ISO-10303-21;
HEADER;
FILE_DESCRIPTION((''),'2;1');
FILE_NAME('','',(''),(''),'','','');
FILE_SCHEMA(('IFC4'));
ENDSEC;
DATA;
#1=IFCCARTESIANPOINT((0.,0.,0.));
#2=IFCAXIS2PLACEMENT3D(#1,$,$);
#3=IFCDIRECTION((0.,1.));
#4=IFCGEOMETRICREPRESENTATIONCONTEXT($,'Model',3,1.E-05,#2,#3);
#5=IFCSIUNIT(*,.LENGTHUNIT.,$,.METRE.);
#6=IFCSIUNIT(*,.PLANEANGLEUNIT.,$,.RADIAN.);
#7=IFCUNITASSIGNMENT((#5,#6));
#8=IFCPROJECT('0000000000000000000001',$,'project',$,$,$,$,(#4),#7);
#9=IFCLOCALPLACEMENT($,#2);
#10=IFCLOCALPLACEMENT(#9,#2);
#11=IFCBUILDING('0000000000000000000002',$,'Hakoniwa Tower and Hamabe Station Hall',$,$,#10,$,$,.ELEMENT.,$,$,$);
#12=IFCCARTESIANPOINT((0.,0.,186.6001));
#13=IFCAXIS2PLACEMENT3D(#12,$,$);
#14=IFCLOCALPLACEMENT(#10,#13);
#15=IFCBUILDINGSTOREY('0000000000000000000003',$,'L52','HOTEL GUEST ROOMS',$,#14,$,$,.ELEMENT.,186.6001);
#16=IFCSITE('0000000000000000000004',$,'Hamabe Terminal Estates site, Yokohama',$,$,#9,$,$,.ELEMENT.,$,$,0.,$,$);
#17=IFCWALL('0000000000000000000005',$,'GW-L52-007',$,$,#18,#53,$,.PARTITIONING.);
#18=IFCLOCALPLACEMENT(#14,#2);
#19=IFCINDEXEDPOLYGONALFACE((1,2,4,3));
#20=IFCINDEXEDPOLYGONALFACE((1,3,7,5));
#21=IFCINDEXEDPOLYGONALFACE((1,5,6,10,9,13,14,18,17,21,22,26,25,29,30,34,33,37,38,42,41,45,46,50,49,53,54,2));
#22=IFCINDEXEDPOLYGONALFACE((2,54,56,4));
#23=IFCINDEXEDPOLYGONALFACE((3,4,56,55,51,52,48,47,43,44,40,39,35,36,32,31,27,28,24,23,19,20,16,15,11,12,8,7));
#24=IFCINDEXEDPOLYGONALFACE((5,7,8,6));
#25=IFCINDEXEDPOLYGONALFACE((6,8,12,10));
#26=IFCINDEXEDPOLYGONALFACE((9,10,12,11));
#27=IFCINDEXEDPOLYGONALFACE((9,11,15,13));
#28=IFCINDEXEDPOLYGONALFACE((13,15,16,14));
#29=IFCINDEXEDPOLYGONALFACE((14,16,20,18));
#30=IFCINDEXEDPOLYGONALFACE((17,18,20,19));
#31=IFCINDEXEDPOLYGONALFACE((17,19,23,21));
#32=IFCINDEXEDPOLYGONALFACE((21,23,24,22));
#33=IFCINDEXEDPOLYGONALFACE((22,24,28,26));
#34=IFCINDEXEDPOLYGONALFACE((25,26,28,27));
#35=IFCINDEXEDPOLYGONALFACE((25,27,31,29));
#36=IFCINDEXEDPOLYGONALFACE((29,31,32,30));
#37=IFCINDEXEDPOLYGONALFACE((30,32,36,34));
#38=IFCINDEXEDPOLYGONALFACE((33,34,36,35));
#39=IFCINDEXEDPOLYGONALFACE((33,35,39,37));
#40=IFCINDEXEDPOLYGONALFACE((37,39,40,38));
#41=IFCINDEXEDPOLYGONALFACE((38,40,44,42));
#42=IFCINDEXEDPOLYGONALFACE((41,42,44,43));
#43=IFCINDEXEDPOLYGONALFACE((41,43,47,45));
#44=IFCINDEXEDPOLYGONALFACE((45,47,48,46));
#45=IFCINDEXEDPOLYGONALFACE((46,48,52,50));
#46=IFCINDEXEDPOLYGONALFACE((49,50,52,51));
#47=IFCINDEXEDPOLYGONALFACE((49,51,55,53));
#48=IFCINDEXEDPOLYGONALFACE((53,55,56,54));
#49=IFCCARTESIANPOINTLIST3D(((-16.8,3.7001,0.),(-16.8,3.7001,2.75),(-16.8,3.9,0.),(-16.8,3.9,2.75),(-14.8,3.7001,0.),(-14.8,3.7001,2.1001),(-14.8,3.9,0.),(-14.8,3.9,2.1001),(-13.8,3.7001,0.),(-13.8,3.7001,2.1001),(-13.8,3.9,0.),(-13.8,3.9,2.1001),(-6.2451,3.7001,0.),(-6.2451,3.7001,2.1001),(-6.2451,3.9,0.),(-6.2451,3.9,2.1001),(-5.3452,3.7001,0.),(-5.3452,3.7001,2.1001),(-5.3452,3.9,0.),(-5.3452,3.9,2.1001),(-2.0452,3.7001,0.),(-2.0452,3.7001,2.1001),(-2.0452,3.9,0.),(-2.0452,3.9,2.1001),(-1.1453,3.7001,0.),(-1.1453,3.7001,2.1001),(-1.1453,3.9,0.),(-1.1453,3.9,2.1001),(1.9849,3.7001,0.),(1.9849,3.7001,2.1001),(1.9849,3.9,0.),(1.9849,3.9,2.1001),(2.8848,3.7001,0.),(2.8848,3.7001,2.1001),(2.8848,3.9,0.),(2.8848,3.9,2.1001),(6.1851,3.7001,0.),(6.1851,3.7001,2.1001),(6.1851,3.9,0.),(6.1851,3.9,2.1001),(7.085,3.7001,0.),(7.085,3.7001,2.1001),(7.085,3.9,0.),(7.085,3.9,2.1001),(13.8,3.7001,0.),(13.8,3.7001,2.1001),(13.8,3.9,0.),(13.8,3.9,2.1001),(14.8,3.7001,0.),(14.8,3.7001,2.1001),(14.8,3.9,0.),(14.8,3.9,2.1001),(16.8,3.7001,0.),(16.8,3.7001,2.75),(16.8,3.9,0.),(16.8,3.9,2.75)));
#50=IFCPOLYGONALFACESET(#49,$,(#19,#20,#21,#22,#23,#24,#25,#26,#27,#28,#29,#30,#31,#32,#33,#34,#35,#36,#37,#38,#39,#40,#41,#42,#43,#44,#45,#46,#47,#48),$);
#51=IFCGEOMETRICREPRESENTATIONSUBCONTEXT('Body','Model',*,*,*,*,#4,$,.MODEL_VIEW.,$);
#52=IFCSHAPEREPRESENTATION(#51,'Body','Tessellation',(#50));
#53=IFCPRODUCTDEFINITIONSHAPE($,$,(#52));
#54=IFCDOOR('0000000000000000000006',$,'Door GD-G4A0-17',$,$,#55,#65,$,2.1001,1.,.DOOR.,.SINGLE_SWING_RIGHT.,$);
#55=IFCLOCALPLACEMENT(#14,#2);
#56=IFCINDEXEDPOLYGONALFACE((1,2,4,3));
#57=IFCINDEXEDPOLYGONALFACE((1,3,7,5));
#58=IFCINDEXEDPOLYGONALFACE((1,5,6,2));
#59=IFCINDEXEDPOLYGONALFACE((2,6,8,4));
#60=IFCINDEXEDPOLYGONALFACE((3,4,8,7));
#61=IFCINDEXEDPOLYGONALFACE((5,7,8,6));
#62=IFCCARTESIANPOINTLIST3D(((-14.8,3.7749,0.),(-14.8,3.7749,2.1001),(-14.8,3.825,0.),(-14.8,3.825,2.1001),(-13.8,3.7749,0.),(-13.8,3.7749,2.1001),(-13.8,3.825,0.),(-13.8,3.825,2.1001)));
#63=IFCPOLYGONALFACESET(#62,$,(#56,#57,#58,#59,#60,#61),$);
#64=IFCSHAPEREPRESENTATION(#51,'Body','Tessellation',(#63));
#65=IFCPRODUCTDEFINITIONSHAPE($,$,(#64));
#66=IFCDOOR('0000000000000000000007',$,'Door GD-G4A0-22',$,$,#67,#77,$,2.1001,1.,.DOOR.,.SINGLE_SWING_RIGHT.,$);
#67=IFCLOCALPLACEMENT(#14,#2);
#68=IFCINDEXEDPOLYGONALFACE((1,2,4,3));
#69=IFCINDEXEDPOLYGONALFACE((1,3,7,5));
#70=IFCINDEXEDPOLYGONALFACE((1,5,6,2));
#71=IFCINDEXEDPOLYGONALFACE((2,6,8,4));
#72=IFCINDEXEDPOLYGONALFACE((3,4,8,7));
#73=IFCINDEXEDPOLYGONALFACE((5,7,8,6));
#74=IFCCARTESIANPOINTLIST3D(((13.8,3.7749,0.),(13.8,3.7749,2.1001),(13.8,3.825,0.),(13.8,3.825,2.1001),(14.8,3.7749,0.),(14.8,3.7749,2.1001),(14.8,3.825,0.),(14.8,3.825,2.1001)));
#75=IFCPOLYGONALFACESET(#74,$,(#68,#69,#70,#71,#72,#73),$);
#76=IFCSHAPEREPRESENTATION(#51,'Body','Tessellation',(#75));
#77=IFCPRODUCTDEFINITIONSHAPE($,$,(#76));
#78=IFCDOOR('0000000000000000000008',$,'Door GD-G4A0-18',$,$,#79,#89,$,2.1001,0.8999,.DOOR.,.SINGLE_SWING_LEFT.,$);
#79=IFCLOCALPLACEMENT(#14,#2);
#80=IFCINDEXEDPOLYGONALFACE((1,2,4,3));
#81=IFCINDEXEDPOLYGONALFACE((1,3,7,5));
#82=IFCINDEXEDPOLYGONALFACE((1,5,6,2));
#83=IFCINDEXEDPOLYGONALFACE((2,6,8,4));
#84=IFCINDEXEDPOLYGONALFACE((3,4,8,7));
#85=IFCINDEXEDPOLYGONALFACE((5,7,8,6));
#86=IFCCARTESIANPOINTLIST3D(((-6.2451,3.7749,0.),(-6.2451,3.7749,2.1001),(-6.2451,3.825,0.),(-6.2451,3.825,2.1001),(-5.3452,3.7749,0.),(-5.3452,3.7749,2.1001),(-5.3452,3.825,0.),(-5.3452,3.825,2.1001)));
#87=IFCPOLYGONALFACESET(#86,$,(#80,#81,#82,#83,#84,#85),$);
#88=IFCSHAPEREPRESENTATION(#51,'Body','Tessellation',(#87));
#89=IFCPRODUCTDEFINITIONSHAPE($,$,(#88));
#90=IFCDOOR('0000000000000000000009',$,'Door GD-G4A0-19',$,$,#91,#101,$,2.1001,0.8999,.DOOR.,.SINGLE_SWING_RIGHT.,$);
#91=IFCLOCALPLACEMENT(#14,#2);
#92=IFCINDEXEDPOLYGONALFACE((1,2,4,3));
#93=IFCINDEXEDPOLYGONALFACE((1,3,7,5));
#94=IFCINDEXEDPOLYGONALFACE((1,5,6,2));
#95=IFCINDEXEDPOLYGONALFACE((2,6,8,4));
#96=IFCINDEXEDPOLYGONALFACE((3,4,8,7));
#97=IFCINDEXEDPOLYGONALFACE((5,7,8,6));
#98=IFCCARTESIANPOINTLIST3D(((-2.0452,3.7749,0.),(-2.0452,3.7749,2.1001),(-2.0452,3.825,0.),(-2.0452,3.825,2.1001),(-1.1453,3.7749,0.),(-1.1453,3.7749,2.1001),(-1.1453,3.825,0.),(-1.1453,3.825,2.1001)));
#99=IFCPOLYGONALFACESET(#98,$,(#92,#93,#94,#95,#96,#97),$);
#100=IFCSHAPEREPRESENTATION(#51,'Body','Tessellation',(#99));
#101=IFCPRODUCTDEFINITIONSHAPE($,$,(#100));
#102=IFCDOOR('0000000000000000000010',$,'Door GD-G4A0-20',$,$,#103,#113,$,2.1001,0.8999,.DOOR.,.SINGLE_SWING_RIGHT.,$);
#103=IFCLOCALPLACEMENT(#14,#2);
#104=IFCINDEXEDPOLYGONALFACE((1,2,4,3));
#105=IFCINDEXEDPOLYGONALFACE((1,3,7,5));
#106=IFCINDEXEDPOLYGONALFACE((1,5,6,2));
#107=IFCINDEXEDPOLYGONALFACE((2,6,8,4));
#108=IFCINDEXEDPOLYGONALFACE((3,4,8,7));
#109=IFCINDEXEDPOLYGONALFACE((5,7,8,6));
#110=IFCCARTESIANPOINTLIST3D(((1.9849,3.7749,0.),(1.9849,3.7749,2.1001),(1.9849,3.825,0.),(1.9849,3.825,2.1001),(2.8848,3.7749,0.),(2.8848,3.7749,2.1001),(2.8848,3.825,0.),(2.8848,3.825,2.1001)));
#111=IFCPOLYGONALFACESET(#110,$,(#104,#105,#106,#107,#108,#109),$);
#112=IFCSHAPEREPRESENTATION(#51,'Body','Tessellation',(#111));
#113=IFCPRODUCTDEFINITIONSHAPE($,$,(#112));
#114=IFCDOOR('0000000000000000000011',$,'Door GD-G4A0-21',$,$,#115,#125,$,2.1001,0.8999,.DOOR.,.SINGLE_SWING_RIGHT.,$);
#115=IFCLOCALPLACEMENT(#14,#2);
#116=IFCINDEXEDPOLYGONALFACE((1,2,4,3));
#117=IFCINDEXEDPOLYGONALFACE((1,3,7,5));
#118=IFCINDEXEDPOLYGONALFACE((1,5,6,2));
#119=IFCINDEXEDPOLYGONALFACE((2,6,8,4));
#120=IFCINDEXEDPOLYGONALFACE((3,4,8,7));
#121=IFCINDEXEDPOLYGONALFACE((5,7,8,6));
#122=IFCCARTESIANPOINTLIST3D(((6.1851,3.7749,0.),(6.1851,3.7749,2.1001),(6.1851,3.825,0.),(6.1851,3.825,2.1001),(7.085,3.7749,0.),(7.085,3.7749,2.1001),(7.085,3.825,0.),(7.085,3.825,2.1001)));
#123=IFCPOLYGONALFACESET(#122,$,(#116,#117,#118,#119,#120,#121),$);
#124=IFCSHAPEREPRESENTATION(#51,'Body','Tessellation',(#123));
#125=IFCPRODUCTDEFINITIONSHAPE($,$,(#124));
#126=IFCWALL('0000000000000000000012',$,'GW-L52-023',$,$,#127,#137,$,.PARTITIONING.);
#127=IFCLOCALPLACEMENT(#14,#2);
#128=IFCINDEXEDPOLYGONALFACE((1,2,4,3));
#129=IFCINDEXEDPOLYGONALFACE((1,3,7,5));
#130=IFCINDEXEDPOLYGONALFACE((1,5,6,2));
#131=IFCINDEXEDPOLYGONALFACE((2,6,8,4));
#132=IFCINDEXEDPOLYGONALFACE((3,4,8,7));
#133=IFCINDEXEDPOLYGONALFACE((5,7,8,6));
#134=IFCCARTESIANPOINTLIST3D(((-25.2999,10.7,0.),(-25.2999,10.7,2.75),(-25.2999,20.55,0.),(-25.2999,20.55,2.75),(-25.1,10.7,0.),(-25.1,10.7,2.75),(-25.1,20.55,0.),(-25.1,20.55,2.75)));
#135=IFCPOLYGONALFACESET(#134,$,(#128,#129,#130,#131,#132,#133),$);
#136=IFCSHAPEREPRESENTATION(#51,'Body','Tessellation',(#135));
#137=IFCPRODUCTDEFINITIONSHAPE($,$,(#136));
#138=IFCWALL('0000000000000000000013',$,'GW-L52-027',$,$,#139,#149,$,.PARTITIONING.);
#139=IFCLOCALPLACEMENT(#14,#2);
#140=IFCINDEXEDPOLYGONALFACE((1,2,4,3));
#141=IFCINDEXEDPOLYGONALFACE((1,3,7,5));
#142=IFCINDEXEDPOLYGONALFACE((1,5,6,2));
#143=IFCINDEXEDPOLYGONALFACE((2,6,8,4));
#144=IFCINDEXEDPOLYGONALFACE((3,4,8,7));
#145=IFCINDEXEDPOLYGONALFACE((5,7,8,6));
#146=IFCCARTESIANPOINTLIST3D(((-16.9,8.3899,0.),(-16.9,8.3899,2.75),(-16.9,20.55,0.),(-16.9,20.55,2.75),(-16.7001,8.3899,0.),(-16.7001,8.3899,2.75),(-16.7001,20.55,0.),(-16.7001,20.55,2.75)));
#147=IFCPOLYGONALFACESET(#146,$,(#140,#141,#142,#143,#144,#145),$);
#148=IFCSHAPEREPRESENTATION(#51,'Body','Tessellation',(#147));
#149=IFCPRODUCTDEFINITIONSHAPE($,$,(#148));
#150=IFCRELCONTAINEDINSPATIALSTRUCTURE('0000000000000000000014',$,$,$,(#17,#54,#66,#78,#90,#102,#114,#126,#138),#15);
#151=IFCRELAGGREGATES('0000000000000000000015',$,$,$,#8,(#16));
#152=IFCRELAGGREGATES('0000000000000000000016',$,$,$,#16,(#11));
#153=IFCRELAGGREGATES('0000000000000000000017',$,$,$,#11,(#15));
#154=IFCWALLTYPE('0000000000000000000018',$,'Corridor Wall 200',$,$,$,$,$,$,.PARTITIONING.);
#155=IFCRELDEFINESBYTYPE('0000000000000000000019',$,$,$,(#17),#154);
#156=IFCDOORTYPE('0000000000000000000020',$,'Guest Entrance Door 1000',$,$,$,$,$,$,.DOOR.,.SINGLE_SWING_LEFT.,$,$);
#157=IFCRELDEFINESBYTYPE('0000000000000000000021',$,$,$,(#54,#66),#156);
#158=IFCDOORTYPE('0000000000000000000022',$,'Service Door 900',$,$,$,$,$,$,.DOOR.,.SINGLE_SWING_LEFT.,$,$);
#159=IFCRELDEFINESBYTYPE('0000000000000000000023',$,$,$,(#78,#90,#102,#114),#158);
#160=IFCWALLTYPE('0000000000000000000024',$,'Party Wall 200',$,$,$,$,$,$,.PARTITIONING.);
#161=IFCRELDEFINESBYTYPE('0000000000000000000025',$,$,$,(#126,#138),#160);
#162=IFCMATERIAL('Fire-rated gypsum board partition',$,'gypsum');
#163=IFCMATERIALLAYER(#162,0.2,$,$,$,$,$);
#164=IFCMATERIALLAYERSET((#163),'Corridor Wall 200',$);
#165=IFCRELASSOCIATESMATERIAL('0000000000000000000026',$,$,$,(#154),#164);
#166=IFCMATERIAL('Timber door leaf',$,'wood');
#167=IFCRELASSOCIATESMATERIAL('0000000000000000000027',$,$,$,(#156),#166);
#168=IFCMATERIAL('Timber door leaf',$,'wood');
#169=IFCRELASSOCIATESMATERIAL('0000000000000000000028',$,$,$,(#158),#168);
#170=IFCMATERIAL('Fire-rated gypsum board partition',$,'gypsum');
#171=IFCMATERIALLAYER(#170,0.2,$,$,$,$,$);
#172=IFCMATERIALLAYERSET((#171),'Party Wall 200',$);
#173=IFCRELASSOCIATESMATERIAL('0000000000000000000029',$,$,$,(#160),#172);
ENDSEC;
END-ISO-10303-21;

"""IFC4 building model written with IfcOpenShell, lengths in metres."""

from ifc_helpers import new_model, si_unit, direction, frame, frame_2d, origin, place, context, subcontext, project, spatial, rectangle, extrude, material, layer, layer_set, type_object, element, fill, save


model = new_model("IFC4")

# Units and contexts
model_context = context("Model", 3, precision=1e-05, world=origin(), true_north=direction((0.0, 1.0)))
body_context = subcontext(model_context, "Body", "Model", "MODEL_VIEW")
ifc_project = project(units=[si_unit("LENGTHUNIT", "METRE"), si_unit("PLANEANGLEUNIT", "RADIAN")], contexts=[model_context])

# Site, building, storey
site_placement = place(None, origin())
site = spatial("IfcSite", under=ifc_project, at=site_placement, Name="Hamabe Terminal Estates site, Yokohama", CompositionType="ELEMENT", RefElevation=0.0)
building_placement = place(site_placement, origin())
building = spatial("IfcBuilding", under=site, at=building_placement, Name="Hakoniwa Tower and Hamabe Station Hall", CompositionType="ELEMENT")
storey_placement = place(building_placement, frame((0.0, 0.0, 186.6001)))
storey = spatial("IfcBuildingStorey", under=building, at=storey_placement, Name="L52", Description="HOTEL GUEST ROOMS", CompositionType="ELEMENT", Elevation=186.6001)

# Wall, openings, doors
ifc_material_1 = material(Name="Fire-rated gypsum board partition", Category="gypsum")
ifc_layer_1 = layer(ifc_material_1, 0.2)
ifc_layer_set_1 = layer_set([ifc_layer_1], Name="Corridor Wall 200")
wall_type_1 = type_object("IfcWallType", Name="Corridor Wall 200", PredefinedType="PARTITIONING", material=ifc_layer_set_1)
ifc_material_2 = material(Name="Timber door leaf", Category="wood")
door_type_1 = type_object("IfcDoorType", Name="Guest Entrance Door 1000", OperationType="SINGLE_SWING_LEFT", PredefinedType="DOOR", material=ifc_material_2)
wall_1_placement = place(storey_placement, frame((-16.8, 3.8, 0.0), z_axis=(0.0, 0.0, 1.0), x_axis=(1.0, 0.0, 0.0)))
wall_1 = element("IfcWall", 1, at=wall_1_placement, inside=storey, type_object=wall_type_1, Name="GW-L52-007", PredefinedType="PARTITIONING", context=body_context, shape_type="SweptSolid", body=[
    extrude(rectangle(XDim=33.6001, YDim=0.2, at=frame_2d((16.8, 0.0))), origin(), (0.0, 0.0, 1.0), 2.75),
])
opening_1_placement = place(wall_1_placement, frame((2.0, 0.0, 0.0)))
opening_1 = element("IfcOpeningElement", 2, at=opening_1_placement, cuts=wall_1, PredefinedType="OPENING", context=body_context, shape_type="SweptSolid", body=[
    extrude(rectangle(XDim=1.0, YDim=2.1001, at=frame_2d((0.5, 1.05))), frame((0.0, 0.1099, 0.0), z_axis=(0.0, -1.0, 0.0), x_axis=(1.0, 0.0, 0.0)), (0.0, 0.0, 1.0), 0.22),
])
opening_2_placement = place(wall_1_placement, frame((10.5549, 0.0, 0.0)))
opening_2 = element("IfcOpeningElement", 3, at=opening_2_placement, cuts=wall_1, PredefinedType="OPENING", context=body_context, shape_type="SweptSolid", body=[
    extrude(rectangle(XDim=0.8999, YDim=2.1001, at=frame_2d((0.45, 1.05))), frame((0.0, 0.1099, 0.0), z_axis=(0.0, -1.0, 0.0), x_axis=(1.0, 0.0, 0.0)), (0.0, 0.0, 1.0), 0.22),
])
opening_3_placement = place(wall_1_placement, frame((14.7549, 0.0, 0.0)))
opening_3 = element("IfcOpeningElement", 4, at=opening_3_placement, cuts=wall_1, PredefinedType="OPENING", context=body_context, shape_type="SweptSolid", body=[
    extrude(rectangle(XDim=0.8999, YDim=2.1001, at=frame_2d((0.45, 1.05))), frame((0.0, 0.1099, 0.0), z_axis=(0.0, -1.0, 0.0), x_axis=(1.0, 0.0, 0.0)), (0.0, 0.0, 1.0), 0.22),
])
opening_4_placement = place(wall_1_placement, frame((18.7849, 0.0, 0.0)))
opening_4 = element("IfcOpeningElement", 5, at=opening_4_placement, cuts=wall_1, PredefinedType="OPENING", context=body_context, shape_type="SweptSolid", body=[
    extrude(rectangle(XDim=0.8999, YDim=2.1001, at=frame_2d((0.45, 1.05))), frame((0.0, 0.1099, 0.0), z_axis=(0.0, -1.0, 0.0), x_axis=(1.0, 0.0, 0.0)), (0.0, 0.0, 1.0), 0.22),
])
opening_5_placement = place(wall_1_placement, frame((22.9851, 0.0, 0.0)))
opening_5 = element("IfcOpeningElement", 6, at=opening_5_placement, cuts=wall_1, PredefinedType="OPENING", context=body_context, shape_type="SweptSolid", body=[
    extrude(rectangle(XDim=0.8999, YDim=2.1001, at=frame_2d((0.45, 1.05))), frame((0.0, 0.1099, 0.0), z_axis=(0.0, -1.0, 0.0), x_axis=(1.0, 0.0, 0.0)), (0.0, 0.0, 1.0), 0.22),
])
opening_6_placement = place(wall_1_placement, frame((30.6001, 0.0, 0.0)))
opening_6 = element("IfcOpeningElement", 7, at=opening_6_placement, cuts=wall_1, PredefinedType="OPENING", context=body_context, shape_type="SweptSolid", body=[
    extrude(rectangle(XDim=1.0, YDim=2.1001, at=frame_2d((0.5, 1.05))), frame((0.0, 0.1099, 0.0), z_axis=(0.0, -1.0, 0.0), x_axis=(1.0, 0.0, 0.0)), (0.0, 0.0, 1.0), 0.22),
])
door_1_placement = place(opening_1_placement, origin())
door_1 = element("IfcDoor", 8, at=door_1_placement, inside=storey, type_object=door_type_1, Name="Door GD-G4A0-17", OperationType="SINGLE_SWING_RIGHT", OverallHeight=2.1001, OverallWidth=1.0, PredefinedType="DOOR", context=body_context, shape_type="SweptSolid", body=[
    extrude(rectangle(XDim=1.0, YDim=2.1001, at=frame_2d((0.5, 1.05))), frame((0.0, 0.0249, 0.0), z_axis=(0.0, -1.0, 0.0), x_axis=(1.0, 0.0, 0.0)), (0.0, 0.0, 1.0), 0.05),
])
fill(opening_1, door_1)
door_2_placement = place(opening_6_placement, origin())
door_2 = element("IfcDoor", 9, at=door_2_placement, inside=storey, type_object=door_type_1, Name="Door GD-G4A0-22", OperationType="SINGLE_SWING_RIGHT", OverallHeight=2.1001, OverallWidth=1.0, PredefinedType="DOOR", context=body_context, shape_type="SweptSolid", body=[
    extrude(rectangle(XDim=1.0, YDim=2.1001, at=frame_2d((0.5, 1.05))), frame((0.0, 0.0249, 0.0), z_axis=(0.0, -1.0, 0.0), x_axis=(1.0, 0.0, 0.0)), (0.0, 0.0, 1.0), 0.05),
])
fill(opening_6, door_2)
ifc_material_3 = material(Name="Timber door leaf", Category="wood")
door_type_2 = type_object("IfcDoorType", Name="Service Door 900", OperationType="SINGLE_SWING_LEFT", PredefinedType="DOOR", material=ifc_material_3)
door_3_placement = place(opening_2_placement, origin())
door_3 = element("IfcDoor", 10, at=door_3_placement, inside=storey, type_object=door_type_2, Name="Door GD-G4A0-18", OperationType="SINGLE_SWING_LEFT", OverallHeight=2.1001, OverallWidth=0.8999, PredefinedType="DOOR", context=body_context, shape_type="SweptSolid", body=[
    extrude(rectangle(XDim=0.8999, YDim=2.1001, at=frame_2d((0.45, 1.05))), frame((0.0, 0.0249, 0.0), z_axis=(0.0, -1.0, 0.0), x_axis=(1.0, 0.0, 0.0)), (0.0, 0.0, 1.0), 0.05),
])
fill(opening_2, door_3)
door_4_placement = place(opening_3_placement, origin())
door_4 = element("IfcDoor", 11, at=door_4_placement, inside=storey, type_object=door_type_2, Name="Door GD-G4A0-19", OperationType="SINGLE_SWING_RIGHT", OverallHeight=2.1001, OverallWidth=0.8999, PredefinedType="DOOR", context=body_context, shape_type="SweptSolid", body=[
    extrude(rectangle(XDim=0.8999, YDim=2.1001, at=frame_2d((0.45, 1.05))), frame((0.0, 0.0249, 0.0), z_axis=(0.0, -1.0, 0.0), x_axis=(1.0, 0.0, 0.0)), (0.0, 0.0, 1.0), 0.05),
])
fill(opening_3, door_4)
door_5_placement = place(opening_4_placement, origin())
door_5 = element("IfcDoor", 12, at=door_5_placement, inside=storey, type_object=door_type_2, Name="Door GD-G4A0-20", OperationType="SINGLE_SWING_RIGHT", OverallHeight=2.1001, OverallWidth=0.8999, PredefinedType="DOOR", context=body_context, shape_type="SweptSolid", body=[
    extrude(rectangle(XDim=0.8999, YDim=2.1001, at=frame_2d((0.45, 1.05))), frame((0.0, 0.0249, 0.0), z_axis=(0.0, -1.0, 0.0), x_axis=(1.0, 0.0, 0.0)), (0.0, 0.0, 1.0), 0.05),
])
fill(opening_4, door_5)
door_6_placement = place(opening_5_placement, origin())
door_6 = element("IfcDoor", 13, at=door_6_placement, inside=storey, type_object=door_type_2, Name="Door GD-G4A0-21", OperationType="SINGLE_SWING_RIGHT", OverallHeight=2.1001, OverallWidth=0.8999, PredefinedType="DOOR", context=body_context, shape_type="SweptSolid", body=[
    extrude(rectangle(XDim=0.8999, YDim=2.1001, at=frame_2d((0.45, 1.05))), frame((0.0, 0.0249, 0.0), z_axis=(0.0, -1.0, 0.0), x_axis=(1.0, 0.0, 0.0)), (0.0, 0.0, 1.0), 0.05),
])
fill(opening_5, door_6)

# Walls
ifc_material_4 = material(Name="Fire-rated gypsum board partition", Category="gypsum")
ifc_layer_2 = layer(ifc_material_4, 0.2)
ifc_layer_set_2 = layer_set([ifc_layer_2], Name="Party Wall 200")
wall_type_2 = type_object("IfcWallType", Name="Party Wall 200", PredefinedType="PARTITIONING", material=ifc_layer_set_2)
wall_2_placement = place(storey_placement, frame((-25.2, 10.7, 0.0), z_axis=(0.0, 0.0, 1.0), x_axis=(0.0, 1.0, 0.0)))
element("IfcWall", 14, at=wall_2_placement, inside=storey, type_object=wall_type_2, Name="GW-L52-023", PredefinedType="PARTITIONING", context=body_context, shape_type="SweptSolid", body=[
    extrude(rectangle(XDim=9.8501, YDim=0.2, at=frame_2d((4.925, 0.0))), origin(), (0.0, 0.0, 1.0), 2.75),
])
wall_3_placement = place(storey_placement, frame((-16.8, 8.3899, 0.0), z_axis=(0.0, 0.0, 1.0), x_axis=(0.0, 1.0, 0.0)))
element("IfcWall", 15, at=wall_3_placement, inside=storey, type_object=wall_type_2, Name="GW-L52-027", PredefinedType="PARTITIONING", context=body_context, shape_type="SweptSolid", body=[
    extrude(rectangle(XDim=12.1602, YDim=0.2, at=frame_2d((6.0801, 0.0))), origin(), (0.0, 0.0, 1.0), 2.75),
])

save(model, "model.ifc")
